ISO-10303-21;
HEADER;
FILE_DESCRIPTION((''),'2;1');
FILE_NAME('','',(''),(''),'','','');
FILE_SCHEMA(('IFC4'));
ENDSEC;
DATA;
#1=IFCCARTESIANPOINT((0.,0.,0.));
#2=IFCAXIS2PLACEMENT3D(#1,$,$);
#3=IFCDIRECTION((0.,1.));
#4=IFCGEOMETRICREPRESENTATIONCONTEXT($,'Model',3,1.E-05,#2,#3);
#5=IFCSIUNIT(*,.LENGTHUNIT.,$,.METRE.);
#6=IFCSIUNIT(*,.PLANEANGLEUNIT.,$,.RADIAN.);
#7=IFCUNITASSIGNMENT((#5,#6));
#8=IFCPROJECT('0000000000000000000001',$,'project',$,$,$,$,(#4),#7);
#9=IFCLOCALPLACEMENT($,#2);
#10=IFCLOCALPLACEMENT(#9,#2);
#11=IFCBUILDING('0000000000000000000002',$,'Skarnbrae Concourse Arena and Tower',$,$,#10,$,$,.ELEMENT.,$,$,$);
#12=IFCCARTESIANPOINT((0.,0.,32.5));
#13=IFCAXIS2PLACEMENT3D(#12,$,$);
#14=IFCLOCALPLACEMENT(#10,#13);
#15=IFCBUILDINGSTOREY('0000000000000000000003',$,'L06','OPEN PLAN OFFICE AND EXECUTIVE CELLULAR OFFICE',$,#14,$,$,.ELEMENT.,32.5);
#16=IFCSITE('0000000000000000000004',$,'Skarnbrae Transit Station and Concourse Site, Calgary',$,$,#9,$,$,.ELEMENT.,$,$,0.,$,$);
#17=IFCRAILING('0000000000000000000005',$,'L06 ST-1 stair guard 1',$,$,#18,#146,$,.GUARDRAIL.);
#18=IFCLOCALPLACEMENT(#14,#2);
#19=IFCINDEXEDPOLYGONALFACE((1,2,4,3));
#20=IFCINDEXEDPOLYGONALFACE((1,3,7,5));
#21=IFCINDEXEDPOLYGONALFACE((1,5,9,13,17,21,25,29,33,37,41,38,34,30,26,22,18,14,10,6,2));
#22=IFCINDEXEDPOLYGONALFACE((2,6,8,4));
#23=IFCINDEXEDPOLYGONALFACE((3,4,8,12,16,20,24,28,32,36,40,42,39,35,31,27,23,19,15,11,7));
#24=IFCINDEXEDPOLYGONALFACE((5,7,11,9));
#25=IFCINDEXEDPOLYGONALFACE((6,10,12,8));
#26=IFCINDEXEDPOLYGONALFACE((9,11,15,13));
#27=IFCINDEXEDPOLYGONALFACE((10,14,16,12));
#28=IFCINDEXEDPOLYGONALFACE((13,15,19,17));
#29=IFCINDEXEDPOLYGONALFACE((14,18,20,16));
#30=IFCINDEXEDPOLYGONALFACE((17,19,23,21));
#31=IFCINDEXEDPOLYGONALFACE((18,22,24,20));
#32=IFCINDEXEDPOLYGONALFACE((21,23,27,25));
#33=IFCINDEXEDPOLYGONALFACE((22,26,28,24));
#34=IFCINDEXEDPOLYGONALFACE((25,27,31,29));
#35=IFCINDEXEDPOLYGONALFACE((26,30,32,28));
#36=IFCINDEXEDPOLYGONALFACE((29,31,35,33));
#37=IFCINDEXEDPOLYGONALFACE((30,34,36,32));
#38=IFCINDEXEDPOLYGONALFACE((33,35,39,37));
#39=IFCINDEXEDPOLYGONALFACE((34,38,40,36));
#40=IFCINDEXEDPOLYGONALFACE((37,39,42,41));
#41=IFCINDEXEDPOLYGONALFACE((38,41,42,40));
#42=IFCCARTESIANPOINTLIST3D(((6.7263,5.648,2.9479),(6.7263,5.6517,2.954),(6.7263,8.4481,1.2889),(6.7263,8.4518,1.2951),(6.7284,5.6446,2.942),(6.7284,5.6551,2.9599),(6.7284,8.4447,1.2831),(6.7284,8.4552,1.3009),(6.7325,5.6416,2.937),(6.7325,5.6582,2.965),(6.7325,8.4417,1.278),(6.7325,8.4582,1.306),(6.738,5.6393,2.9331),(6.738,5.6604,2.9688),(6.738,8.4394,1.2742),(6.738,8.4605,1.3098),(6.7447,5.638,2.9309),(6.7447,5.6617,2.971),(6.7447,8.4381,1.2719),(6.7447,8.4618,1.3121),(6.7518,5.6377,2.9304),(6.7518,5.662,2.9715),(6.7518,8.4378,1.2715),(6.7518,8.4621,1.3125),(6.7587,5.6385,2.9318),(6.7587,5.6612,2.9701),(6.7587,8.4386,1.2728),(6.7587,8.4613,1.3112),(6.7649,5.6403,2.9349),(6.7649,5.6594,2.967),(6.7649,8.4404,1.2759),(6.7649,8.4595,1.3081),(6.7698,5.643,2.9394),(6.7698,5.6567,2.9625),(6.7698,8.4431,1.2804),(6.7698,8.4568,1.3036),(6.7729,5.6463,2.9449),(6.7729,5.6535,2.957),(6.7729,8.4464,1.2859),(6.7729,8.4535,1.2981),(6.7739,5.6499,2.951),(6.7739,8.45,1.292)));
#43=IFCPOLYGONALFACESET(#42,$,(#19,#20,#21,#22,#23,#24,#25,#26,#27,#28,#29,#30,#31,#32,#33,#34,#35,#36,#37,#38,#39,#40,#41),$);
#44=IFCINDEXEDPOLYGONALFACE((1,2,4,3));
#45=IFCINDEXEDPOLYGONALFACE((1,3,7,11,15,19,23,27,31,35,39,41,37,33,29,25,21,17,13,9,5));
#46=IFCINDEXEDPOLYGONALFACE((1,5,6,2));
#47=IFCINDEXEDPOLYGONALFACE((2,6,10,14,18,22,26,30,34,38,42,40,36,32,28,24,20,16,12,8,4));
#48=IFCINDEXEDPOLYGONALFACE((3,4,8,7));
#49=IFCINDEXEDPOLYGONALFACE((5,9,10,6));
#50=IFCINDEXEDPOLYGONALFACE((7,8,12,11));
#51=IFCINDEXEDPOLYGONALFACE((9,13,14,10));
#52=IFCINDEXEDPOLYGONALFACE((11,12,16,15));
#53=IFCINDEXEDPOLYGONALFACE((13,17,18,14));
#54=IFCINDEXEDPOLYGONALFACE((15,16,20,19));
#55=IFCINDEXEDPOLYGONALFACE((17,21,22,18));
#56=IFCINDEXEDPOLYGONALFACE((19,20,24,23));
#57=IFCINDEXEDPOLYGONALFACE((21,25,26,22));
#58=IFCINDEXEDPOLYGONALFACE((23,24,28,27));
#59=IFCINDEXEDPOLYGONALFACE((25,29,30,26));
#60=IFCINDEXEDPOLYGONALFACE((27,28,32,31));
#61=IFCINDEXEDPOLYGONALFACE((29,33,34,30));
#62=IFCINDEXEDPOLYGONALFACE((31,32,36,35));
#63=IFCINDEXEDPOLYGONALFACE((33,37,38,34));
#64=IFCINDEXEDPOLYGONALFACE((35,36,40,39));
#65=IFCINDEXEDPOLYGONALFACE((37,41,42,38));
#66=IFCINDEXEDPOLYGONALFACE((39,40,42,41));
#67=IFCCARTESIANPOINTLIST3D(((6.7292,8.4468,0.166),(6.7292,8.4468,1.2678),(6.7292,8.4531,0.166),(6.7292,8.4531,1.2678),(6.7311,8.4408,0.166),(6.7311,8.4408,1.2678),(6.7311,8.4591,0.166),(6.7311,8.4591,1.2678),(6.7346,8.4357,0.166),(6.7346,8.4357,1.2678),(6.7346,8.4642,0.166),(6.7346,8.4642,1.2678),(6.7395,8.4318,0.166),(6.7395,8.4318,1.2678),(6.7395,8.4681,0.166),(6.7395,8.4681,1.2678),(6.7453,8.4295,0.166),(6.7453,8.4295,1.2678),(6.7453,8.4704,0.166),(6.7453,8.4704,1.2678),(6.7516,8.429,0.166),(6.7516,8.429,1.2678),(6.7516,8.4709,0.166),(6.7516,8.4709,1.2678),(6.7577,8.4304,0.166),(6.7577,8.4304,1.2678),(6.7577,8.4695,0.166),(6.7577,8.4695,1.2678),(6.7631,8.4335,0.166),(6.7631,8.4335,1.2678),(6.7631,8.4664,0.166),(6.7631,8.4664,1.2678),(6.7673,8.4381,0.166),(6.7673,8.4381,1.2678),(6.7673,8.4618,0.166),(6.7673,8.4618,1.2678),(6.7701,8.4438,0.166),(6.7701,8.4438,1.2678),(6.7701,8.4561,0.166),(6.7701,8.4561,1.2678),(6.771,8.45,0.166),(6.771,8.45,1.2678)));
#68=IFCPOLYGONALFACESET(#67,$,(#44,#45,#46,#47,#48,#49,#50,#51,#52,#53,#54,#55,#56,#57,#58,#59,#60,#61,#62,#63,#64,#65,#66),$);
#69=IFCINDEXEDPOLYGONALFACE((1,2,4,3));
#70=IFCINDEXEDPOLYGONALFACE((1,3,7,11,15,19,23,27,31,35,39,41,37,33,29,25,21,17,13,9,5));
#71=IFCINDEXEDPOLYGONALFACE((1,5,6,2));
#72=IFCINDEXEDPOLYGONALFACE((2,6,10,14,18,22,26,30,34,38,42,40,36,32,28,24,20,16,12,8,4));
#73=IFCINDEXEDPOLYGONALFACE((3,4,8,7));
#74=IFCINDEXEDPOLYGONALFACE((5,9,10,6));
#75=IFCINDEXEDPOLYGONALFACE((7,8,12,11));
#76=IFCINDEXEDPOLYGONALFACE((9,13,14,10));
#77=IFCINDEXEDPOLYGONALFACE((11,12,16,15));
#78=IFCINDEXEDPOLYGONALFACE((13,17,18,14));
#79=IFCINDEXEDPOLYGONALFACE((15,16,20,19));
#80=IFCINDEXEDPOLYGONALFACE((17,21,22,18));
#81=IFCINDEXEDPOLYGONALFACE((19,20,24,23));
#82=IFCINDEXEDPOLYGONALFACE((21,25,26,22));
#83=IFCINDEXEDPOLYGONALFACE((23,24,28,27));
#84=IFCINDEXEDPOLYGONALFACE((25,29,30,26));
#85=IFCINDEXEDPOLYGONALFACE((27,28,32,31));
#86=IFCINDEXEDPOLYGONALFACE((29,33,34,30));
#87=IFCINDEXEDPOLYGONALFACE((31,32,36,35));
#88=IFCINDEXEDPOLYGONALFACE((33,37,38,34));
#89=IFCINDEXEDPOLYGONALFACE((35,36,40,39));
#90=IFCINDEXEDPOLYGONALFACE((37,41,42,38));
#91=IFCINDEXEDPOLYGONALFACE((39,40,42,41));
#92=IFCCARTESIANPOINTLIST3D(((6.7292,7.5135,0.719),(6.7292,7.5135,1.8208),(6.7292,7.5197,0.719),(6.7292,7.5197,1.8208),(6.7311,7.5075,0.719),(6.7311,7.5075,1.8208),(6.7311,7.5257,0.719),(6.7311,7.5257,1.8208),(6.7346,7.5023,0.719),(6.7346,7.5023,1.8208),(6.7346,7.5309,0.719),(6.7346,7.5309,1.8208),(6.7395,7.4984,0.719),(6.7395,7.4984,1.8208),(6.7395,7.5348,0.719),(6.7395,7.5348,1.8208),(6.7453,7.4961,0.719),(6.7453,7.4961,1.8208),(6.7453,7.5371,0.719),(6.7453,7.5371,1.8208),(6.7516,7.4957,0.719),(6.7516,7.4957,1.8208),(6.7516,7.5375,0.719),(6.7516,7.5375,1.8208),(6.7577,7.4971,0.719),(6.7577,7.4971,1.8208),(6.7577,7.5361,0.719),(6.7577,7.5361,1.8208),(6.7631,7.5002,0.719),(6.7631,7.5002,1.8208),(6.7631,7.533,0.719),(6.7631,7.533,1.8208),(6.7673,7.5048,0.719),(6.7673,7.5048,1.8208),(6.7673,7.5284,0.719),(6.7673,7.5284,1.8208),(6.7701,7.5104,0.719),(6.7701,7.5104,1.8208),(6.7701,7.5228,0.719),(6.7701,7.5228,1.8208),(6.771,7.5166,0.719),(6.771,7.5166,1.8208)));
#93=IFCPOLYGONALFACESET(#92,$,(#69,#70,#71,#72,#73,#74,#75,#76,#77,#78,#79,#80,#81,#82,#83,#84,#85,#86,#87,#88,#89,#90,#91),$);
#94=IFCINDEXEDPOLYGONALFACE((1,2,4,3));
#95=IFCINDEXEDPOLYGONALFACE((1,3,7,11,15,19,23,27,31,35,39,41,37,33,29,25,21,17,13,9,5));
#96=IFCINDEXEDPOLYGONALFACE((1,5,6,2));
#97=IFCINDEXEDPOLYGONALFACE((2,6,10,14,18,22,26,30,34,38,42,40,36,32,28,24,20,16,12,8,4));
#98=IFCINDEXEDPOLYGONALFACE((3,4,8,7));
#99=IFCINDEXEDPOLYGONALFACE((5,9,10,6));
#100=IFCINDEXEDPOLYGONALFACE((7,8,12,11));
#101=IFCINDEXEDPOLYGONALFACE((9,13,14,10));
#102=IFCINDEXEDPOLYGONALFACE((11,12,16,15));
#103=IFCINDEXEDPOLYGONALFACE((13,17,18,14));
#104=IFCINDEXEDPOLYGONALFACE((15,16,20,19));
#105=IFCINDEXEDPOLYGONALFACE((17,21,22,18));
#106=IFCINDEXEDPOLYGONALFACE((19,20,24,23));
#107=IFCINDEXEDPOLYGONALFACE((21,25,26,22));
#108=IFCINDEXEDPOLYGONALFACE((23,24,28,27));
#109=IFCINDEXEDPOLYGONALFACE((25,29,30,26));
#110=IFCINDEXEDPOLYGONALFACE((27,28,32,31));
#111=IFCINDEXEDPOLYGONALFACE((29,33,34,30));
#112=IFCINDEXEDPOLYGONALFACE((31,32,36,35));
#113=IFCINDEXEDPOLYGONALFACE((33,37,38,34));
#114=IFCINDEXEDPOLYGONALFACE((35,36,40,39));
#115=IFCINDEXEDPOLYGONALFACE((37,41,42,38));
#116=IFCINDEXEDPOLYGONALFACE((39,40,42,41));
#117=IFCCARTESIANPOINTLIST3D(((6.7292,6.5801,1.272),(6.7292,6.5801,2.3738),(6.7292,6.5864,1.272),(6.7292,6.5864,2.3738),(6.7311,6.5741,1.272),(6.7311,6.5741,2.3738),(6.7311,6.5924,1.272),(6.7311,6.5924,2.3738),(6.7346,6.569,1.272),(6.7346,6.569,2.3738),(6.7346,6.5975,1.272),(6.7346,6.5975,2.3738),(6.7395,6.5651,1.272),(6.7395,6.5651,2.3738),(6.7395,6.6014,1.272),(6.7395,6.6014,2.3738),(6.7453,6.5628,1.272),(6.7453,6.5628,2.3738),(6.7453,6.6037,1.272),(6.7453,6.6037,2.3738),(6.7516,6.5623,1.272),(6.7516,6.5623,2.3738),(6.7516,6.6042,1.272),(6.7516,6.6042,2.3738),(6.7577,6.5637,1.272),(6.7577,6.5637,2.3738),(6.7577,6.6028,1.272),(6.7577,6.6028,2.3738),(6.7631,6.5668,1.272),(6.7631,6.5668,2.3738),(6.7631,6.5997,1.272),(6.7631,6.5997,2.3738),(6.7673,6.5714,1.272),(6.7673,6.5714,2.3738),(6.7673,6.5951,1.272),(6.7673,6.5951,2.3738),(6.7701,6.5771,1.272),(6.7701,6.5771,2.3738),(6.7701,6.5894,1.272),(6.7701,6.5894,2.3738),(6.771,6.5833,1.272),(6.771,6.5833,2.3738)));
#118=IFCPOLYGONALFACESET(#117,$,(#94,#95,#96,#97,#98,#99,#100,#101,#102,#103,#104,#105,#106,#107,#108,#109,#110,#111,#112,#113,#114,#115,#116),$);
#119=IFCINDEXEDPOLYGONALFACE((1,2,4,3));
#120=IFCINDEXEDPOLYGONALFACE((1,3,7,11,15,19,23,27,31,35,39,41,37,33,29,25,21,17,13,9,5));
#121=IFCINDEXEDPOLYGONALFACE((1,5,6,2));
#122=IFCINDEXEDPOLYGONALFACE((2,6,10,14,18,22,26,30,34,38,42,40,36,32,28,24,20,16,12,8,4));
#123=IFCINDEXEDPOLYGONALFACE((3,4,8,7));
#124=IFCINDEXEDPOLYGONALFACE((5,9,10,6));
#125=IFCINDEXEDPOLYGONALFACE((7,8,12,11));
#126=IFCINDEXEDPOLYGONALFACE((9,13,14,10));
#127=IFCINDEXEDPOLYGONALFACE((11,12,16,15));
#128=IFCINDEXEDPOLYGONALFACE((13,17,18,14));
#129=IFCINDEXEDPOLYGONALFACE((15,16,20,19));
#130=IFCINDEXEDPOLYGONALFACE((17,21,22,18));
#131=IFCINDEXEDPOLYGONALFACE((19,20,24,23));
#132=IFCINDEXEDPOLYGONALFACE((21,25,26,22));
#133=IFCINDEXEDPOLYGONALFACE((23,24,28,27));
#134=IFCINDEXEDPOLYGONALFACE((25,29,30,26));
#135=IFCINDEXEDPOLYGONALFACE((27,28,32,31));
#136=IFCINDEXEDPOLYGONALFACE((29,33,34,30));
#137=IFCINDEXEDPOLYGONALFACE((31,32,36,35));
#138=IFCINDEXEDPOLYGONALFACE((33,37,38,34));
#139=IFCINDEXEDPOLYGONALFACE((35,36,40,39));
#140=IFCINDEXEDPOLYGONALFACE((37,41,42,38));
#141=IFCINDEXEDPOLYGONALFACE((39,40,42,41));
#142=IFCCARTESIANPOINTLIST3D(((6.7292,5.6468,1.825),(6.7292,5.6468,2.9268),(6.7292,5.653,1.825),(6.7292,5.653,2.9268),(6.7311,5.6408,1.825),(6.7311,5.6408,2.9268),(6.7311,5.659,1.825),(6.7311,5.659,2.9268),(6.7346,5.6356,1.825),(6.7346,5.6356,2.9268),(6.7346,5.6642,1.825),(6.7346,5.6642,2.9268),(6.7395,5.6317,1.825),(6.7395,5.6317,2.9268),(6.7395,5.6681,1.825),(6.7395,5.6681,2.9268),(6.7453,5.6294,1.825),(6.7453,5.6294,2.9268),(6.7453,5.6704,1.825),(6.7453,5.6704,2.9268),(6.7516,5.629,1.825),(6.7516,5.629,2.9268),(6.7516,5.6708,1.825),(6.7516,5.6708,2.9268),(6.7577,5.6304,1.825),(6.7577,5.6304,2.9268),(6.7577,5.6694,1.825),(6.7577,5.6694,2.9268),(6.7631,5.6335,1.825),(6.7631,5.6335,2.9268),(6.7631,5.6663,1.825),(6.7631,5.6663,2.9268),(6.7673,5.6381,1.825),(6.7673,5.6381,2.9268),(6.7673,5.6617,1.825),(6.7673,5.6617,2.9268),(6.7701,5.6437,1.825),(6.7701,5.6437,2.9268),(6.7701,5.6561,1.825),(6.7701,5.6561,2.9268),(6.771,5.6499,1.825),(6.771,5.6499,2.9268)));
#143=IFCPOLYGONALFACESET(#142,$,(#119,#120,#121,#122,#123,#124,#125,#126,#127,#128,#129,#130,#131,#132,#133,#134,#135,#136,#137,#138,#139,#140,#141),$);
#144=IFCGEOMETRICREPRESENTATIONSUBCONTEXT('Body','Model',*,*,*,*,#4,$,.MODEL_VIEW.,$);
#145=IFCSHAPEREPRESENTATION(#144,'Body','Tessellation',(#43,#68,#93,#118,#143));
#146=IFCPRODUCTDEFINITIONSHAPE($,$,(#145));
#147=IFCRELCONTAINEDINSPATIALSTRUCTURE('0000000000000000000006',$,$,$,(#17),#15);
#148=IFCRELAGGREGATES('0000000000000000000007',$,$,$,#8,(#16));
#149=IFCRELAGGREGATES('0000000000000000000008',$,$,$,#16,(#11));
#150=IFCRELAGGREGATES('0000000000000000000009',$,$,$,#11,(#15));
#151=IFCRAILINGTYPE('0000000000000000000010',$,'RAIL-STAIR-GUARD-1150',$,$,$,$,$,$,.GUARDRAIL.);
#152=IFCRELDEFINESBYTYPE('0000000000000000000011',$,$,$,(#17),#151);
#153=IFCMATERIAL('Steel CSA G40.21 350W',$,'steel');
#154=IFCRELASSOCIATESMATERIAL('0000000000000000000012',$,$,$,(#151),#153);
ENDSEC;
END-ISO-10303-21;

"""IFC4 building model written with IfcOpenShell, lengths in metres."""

from ifc_helpers import new_model, si_unit, direction, frame, origin, origin_2d, place, context, subcontext, project, spatial, circle, extrude, material, type_object, element, save


model = new_model("IFC4")

# Units and contexts
model_context = context("Model", 3, precision=1e-05, world=origin(), true_north=direction((0.0, 1.0)))
body_context = subcontext(model_context, "Body", "Model", "MODEL_VIEW")
ifc_project = project(units=[si_unit("LENGTHUNIT", "METRE"), si_unit("PLANEANGLEUNIT", "RADIAN")], contexts=[model_context])

# Site, building, storey
site_placement = place(None, origin())
site = spatial("IfcSite", under=ifc_project, at=site_placement, Name="Skarnbrae Transit Station and Concourse Site, Calgary", CompositionType="ELEMENT", RefElevation=0.0)
building_placement = place(site_placement, origin())
building = spatial("IfcBuilding", under=site, at=building_placement, Name="Skarnbrae Concourse Arena and Tower", CompositionType="ELEMENT")
storey_placement = place(building_placement, frame((0.0, 0.0, 32.5)))
storey = spatial("IfcBuildingStorey", under=building, at=storey_placement, Name="L06", Description="OPEN PLAN OFFICE AND EXECUTIVE CELLULAR OFFICE", CompositionType="ELEMENT", Elevation=32.5)

# Shared definitions
ifc_material_1 = material(Name="Steel CSA G40.21 350W", Category="steel")

# Railing
railing_type_1 = type_object("IfcRailingType", Name="RAIL-STAIR-GUARD-1150", PredefinedType="GUARDRAIL", material=ifc_material_1)
railing_1_placement = place(storey_placement, frame((6.75, 8.45, 0.166)))
element("IfcRailing", 1, at=railing_1_placement, inside=storey, type_object=railing_type_1, Name="L06 ST-1 stair guard 1", PredefinedType="GUARDRAIL", context=body_context, shape_type="SweptSolid", body=[
    extrude(circle(Radius=0.0239, at=origin_2d()), frame((0.0, 0.0, 1.126), z_axis=(0.0, -0.860339, 0.509722), x_axis=(1.0, 0.0, 0.0)), (0.0, 0.0, 1.0), 3.2546),
    extrude(circle(Radius=0.021, at=origin_2d()), origin(), (0.0, 0.0, 1.0), 1.1018),
    extrude(circle(Radius=0.021, at=origin_2d()), frame((0.0, -0.9333, 0.553)), (0.0, 0.0, 1.0), 1.1018),
    extrude(circle(Radius=0.021, at=origin_2d()), frame((0.0, -1.8667, 1.106)), (0.0, 0.0, 1.0), 1.1018),
    extrude(circle(Radius=0.021, at=origin_2d()), frame((0.0, -2.8, 1.6589)), (0.0, 0.0, 1.0), 1.1018),
])

save(model, "model.ifc")
